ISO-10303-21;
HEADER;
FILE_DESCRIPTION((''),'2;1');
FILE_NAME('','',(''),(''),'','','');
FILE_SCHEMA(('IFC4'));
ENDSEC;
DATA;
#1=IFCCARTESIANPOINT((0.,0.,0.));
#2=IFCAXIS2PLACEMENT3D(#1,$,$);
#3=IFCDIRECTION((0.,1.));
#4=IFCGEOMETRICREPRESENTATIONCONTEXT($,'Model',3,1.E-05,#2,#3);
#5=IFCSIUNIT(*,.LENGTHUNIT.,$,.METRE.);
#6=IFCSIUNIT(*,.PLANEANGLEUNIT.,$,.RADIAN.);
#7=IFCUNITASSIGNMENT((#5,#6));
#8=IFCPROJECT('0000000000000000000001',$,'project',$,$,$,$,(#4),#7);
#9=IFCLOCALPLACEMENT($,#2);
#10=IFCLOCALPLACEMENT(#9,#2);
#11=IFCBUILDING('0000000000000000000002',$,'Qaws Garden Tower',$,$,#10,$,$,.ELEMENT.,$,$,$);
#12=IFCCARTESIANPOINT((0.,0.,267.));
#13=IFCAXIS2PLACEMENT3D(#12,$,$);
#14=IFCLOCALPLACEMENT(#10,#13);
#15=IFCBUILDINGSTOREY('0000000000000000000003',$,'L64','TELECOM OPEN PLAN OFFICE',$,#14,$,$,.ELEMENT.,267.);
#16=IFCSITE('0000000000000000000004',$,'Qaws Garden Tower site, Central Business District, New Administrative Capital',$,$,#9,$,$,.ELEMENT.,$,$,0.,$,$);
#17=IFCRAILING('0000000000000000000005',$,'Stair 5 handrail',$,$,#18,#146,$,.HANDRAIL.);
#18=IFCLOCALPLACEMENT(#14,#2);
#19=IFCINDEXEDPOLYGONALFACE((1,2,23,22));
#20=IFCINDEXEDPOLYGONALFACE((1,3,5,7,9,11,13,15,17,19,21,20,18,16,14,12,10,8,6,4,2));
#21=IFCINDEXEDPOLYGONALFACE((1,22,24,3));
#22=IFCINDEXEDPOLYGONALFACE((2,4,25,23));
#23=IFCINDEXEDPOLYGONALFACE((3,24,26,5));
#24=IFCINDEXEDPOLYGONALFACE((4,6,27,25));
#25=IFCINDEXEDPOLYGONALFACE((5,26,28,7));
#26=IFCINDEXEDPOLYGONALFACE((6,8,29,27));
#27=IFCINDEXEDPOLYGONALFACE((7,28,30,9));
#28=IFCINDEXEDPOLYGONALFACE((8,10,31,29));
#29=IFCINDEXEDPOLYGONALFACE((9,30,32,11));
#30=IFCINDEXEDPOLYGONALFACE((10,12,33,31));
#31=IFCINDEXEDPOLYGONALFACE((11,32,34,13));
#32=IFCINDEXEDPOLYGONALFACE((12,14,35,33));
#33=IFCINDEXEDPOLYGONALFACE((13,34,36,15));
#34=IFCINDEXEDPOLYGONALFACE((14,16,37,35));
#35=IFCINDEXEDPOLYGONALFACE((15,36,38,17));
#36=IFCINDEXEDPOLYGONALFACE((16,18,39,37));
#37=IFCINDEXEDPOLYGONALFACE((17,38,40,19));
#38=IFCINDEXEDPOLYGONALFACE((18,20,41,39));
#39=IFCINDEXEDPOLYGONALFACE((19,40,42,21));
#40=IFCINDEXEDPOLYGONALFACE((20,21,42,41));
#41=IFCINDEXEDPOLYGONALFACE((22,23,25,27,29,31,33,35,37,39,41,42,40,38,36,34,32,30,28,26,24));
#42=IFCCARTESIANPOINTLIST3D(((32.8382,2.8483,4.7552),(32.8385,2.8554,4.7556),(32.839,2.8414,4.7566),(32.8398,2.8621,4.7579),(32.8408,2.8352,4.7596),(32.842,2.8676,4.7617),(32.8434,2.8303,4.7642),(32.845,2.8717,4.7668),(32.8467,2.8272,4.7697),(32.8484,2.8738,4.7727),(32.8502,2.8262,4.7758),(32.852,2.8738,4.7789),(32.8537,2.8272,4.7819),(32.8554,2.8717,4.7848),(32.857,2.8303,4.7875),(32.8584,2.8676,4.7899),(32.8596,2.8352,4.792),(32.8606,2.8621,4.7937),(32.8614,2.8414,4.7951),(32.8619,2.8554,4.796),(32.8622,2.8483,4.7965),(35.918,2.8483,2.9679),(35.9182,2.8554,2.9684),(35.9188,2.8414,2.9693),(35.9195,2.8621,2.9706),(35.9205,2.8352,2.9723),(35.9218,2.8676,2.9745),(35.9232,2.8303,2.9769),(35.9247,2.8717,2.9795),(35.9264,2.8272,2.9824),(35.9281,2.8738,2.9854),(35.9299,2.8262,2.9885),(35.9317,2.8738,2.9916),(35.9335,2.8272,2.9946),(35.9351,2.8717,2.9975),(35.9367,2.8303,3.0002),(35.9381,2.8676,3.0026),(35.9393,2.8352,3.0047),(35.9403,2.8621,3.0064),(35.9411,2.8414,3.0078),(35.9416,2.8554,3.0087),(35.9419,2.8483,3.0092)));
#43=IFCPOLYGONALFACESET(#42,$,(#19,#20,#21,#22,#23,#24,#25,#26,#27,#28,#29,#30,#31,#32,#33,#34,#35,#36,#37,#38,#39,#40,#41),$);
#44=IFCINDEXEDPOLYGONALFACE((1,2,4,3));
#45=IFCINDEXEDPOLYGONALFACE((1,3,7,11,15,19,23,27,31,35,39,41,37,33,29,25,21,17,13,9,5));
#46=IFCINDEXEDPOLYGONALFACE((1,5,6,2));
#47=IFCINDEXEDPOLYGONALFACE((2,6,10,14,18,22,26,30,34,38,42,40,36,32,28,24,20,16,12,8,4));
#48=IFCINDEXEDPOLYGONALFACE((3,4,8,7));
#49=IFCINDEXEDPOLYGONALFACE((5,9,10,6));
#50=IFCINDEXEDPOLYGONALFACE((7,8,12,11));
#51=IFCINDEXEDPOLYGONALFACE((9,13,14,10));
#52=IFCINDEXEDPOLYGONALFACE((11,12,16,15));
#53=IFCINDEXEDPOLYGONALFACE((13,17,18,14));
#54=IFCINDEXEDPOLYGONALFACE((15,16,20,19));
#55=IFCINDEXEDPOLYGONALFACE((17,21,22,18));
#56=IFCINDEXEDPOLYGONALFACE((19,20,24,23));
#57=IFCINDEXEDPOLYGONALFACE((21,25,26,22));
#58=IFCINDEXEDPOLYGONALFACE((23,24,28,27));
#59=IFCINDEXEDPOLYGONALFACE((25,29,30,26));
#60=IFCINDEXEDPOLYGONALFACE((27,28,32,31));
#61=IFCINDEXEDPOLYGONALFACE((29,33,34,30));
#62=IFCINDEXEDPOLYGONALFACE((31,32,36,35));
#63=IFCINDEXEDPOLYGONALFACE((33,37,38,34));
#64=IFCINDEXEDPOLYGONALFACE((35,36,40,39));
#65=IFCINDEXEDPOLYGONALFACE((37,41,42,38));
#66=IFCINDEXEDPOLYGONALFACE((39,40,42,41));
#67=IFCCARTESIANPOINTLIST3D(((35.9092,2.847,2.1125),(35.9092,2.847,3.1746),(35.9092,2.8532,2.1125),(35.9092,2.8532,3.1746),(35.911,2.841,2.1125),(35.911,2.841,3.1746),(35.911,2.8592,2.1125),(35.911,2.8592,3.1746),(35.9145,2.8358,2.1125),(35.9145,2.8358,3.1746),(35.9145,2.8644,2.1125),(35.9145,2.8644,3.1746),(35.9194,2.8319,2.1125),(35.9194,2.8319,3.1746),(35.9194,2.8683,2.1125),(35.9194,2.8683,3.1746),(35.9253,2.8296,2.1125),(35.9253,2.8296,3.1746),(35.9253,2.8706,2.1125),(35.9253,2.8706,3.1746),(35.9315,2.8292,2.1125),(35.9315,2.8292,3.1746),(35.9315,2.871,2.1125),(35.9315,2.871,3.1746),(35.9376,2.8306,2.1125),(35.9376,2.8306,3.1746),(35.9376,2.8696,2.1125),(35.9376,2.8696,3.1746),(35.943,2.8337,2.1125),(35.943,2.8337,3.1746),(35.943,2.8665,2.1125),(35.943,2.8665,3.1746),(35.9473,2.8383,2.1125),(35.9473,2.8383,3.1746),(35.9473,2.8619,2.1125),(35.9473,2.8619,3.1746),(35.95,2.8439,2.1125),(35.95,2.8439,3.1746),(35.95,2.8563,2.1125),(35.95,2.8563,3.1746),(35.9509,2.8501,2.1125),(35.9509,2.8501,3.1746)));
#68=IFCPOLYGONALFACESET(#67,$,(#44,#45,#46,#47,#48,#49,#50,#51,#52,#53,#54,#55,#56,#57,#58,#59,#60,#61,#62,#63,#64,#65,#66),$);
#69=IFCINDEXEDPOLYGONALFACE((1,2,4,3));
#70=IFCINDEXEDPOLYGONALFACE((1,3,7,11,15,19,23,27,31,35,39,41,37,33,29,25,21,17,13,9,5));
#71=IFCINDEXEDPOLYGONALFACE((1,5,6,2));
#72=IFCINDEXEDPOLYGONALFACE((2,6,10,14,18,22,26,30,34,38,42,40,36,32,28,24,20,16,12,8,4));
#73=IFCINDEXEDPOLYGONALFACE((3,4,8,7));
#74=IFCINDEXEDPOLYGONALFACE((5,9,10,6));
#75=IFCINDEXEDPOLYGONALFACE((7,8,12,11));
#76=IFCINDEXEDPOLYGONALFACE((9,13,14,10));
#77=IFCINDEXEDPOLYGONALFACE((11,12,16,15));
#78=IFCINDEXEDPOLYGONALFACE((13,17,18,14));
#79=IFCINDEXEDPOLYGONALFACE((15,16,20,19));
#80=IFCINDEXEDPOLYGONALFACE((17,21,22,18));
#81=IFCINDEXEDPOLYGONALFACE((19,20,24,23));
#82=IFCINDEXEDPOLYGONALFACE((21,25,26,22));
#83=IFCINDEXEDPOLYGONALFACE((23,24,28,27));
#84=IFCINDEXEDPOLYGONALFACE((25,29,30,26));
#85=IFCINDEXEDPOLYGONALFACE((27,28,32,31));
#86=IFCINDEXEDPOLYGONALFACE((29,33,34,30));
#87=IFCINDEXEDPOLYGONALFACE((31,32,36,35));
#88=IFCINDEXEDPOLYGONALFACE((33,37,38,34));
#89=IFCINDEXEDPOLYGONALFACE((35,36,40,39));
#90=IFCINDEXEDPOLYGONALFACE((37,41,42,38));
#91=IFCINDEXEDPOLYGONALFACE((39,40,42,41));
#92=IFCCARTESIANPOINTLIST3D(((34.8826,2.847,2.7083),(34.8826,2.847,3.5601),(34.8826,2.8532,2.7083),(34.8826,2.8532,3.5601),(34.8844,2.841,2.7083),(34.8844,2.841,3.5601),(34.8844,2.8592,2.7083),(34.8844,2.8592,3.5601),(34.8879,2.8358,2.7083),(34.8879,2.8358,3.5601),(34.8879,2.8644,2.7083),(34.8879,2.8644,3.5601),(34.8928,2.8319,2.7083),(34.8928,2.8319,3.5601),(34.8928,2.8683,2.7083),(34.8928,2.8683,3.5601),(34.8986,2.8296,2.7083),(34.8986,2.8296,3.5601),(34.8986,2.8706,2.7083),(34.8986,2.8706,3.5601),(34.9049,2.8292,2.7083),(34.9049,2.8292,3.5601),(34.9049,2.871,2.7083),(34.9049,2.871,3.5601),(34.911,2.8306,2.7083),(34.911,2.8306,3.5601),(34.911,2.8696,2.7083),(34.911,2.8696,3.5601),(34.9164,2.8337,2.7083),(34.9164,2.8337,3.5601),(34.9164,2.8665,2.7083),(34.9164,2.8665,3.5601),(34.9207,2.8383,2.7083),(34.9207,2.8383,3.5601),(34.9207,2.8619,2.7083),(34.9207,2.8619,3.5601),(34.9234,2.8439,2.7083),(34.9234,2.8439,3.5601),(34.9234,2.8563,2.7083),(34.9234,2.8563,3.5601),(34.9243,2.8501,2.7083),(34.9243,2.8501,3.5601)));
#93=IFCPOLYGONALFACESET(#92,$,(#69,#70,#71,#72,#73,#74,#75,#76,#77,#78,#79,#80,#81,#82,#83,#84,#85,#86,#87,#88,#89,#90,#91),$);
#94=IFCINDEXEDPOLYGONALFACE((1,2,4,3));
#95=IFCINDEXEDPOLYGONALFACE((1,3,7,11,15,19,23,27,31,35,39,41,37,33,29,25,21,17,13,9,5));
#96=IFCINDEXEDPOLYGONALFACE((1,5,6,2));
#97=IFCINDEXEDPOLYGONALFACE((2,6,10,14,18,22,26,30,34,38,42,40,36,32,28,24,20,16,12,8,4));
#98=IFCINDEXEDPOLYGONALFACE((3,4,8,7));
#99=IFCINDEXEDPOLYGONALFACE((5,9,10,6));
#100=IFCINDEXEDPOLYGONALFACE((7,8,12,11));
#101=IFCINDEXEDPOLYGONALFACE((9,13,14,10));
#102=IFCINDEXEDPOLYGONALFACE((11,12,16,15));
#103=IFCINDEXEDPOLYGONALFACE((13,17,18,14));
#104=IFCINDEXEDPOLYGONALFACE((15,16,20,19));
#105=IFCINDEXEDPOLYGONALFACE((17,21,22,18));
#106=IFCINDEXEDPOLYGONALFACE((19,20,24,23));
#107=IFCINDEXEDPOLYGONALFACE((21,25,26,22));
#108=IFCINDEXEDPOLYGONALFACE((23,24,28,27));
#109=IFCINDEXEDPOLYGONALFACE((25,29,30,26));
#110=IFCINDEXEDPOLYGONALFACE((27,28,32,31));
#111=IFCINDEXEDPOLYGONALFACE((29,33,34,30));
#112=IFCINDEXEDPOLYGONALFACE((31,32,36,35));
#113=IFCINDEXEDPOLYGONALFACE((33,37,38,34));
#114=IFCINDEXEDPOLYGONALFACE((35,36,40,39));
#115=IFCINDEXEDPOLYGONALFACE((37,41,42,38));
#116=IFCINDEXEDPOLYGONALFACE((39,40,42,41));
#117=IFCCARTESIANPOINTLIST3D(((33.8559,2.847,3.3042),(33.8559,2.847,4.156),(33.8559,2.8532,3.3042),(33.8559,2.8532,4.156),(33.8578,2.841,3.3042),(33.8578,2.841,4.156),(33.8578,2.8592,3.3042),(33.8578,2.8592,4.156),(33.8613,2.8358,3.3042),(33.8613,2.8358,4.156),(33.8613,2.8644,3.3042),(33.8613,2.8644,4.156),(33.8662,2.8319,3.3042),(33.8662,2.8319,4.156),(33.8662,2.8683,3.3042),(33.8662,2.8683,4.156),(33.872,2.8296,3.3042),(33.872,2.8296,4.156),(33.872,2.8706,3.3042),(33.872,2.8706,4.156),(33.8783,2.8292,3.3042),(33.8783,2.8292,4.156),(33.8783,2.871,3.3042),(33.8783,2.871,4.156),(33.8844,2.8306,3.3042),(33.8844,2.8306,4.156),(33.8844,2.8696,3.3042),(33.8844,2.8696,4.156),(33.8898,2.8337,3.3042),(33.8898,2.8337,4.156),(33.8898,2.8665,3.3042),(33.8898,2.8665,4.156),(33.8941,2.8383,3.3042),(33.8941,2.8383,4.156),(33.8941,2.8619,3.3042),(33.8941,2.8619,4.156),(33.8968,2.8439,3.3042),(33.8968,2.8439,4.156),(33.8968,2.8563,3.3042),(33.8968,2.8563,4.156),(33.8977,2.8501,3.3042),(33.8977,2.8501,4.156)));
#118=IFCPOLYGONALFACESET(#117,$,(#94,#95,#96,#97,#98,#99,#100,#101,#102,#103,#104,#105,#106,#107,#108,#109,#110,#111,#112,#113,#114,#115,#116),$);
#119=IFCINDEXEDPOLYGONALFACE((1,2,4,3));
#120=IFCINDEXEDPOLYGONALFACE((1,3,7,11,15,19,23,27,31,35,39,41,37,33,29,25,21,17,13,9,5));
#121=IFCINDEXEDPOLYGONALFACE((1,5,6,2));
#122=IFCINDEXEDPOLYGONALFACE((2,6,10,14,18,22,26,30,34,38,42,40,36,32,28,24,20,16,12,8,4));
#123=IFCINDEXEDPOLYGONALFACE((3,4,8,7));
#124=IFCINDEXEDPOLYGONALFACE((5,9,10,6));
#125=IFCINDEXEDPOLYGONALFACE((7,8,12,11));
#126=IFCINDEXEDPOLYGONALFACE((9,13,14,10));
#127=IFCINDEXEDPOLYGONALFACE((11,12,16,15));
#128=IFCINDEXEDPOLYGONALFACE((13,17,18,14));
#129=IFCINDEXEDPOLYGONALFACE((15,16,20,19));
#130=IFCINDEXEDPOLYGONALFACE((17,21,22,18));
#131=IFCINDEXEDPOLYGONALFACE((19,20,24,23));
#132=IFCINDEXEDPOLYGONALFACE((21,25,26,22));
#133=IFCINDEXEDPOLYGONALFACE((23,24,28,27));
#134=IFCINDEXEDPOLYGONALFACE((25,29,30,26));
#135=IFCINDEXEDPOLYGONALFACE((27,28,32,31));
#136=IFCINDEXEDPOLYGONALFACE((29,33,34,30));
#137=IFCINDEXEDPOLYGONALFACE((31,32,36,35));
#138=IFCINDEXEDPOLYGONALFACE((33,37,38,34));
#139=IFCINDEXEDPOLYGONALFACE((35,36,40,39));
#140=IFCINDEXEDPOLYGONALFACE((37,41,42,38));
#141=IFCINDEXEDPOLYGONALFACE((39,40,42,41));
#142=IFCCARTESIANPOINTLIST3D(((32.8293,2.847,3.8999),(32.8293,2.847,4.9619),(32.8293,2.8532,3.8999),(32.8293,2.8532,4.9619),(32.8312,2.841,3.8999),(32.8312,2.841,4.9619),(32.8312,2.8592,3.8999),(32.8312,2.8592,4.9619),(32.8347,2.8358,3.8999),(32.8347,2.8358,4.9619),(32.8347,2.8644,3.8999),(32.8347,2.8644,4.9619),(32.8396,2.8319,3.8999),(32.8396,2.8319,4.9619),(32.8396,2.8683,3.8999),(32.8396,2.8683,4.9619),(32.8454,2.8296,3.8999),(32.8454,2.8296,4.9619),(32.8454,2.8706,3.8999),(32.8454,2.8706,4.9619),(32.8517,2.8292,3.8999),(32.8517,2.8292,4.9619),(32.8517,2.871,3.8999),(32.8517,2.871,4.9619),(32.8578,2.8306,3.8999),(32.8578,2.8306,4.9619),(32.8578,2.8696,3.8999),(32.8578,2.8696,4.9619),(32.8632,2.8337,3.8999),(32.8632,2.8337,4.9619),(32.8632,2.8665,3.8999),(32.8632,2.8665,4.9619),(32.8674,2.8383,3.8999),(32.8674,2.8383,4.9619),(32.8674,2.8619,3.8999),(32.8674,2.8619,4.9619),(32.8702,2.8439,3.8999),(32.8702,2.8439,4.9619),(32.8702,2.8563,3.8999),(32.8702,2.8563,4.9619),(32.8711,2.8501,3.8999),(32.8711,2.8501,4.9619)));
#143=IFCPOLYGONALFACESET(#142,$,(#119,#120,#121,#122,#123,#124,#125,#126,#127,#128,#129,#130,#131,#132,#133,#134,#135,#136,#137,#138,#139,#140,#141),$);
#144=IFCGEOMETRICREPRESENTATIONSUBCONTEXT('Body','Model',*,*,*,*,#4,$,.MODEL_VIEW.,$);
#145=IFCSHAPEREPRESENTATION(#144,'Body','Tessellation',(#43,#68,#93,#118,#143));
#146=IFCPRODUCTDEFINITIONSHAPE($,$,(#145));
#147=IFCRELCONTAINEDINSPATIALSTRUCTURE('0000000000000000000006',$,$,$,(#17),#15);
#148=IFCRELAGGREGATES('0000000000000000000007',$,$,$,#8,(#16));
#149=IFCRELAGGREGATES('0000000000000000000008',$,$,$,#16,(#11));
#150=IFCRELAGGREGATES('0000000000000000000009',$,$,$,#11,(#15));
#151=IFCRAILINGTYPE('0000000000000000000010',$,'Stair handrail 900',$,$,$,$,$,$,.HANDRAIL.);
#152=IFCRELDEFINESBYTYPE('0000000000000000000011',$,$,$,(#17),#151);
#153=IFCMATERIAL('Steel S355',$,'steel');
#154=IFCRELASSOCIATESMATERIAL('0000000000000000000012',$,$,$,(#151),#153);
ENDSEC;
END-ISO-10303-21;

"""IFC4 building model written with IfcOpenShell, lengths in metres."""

from ifc_helpers import new_model, si_unit, direction, frame, origin, origin_2d, place, context, subcontext, project, spatial, circle, extrude, material, type_object, element, save


model = new_model("IFC4")

# Units and contexts
model_context = context("Model", 3, precision=1e-05, world=origin(), true_north=direction((0.0, 1.0)))
body_context = subcontext(model_context, "Body", "Model", "MODEL_VIEW")
ifc_project = project(units=[si_unit("LENGTHUNIT", "METRE"), si_unit("PLANEANGLEUNIT", "RADIAN")], contexts=[model_context])

# Site, building, storey
site_placement = place(None, origin())
site = spatial("IfcSite", under=ifc_project, at=site_placement, Name="Qaws Garden Tower site, Central Business District, New Administrative Capital", CompositionType="ELEMENT", RefElevation=0.0)
building_placement = place(site_placement, origin())
building = spatial("IfcBuilding", under=site, at=building_placement, Name="Qaws Garden Tower", CompositionType="ELEMENT")
storey_placement = place(building_placement, frame((0.0, 0.0, 267.0)))
storey = spatial("IfcBuildingStorey", under=building, at=storey_placement, Name="L64", Description="TELECOM OPEN PLAN OFFICE", CompositionType="ELEMENT", Elevation=267.0)

# Railing
ifc_material_1 = material(Name="Steel S355", Category="steel")
railing_type = type_object("IfcRailingType", Name="Stair handrail 900", PredefinedType="HANDRAIL", material=ifc_material_1)
railing_placement = place(storey_placement, frame((35.9299, 2.8501, 2.1125)))
element("IfcRailing", 1, at=railing_placement, inside=storey, type_object=railing_type, Name="Stair 5 handrail", PredefinedType="HANDRAIL", context=body_context, shape_type="SweptSolid", body=[
    extrude(circle(Radius=0.0239, at=origin_2d()), frame((0.0, 0.0, 0.876), z_axis=(-0.864903, 0.0, 0.501939), x_axis=(0.0, -1.0, 0.0)), (0.0, 0.0, 1.0), 3.5608),
    extrude(circle(Radius=0.021, at=origin_2d()), origin(), (0.0, 0.0, 1.0), 1.062),
    extrude(circle(Radius=0.021, at=origin_2d()), frame((-1.0266, 0.0, 0.5957)), (0.0, 0.0, 1.0), 0.8518),
    extrude(circle(Radius=0.021, at=origin_2d()), frame((-2.0532, 0.0, 1.1917)), (0.0, 0.0, 1.0), 0.8518),
    extrude(circle(Radius=0.021, at=origin_2d()), frame((-3.0798, 0.0, 1.7874)), (0.0, 0.0, 1.0), 1.062),
])

save(model, "model.ifc")
